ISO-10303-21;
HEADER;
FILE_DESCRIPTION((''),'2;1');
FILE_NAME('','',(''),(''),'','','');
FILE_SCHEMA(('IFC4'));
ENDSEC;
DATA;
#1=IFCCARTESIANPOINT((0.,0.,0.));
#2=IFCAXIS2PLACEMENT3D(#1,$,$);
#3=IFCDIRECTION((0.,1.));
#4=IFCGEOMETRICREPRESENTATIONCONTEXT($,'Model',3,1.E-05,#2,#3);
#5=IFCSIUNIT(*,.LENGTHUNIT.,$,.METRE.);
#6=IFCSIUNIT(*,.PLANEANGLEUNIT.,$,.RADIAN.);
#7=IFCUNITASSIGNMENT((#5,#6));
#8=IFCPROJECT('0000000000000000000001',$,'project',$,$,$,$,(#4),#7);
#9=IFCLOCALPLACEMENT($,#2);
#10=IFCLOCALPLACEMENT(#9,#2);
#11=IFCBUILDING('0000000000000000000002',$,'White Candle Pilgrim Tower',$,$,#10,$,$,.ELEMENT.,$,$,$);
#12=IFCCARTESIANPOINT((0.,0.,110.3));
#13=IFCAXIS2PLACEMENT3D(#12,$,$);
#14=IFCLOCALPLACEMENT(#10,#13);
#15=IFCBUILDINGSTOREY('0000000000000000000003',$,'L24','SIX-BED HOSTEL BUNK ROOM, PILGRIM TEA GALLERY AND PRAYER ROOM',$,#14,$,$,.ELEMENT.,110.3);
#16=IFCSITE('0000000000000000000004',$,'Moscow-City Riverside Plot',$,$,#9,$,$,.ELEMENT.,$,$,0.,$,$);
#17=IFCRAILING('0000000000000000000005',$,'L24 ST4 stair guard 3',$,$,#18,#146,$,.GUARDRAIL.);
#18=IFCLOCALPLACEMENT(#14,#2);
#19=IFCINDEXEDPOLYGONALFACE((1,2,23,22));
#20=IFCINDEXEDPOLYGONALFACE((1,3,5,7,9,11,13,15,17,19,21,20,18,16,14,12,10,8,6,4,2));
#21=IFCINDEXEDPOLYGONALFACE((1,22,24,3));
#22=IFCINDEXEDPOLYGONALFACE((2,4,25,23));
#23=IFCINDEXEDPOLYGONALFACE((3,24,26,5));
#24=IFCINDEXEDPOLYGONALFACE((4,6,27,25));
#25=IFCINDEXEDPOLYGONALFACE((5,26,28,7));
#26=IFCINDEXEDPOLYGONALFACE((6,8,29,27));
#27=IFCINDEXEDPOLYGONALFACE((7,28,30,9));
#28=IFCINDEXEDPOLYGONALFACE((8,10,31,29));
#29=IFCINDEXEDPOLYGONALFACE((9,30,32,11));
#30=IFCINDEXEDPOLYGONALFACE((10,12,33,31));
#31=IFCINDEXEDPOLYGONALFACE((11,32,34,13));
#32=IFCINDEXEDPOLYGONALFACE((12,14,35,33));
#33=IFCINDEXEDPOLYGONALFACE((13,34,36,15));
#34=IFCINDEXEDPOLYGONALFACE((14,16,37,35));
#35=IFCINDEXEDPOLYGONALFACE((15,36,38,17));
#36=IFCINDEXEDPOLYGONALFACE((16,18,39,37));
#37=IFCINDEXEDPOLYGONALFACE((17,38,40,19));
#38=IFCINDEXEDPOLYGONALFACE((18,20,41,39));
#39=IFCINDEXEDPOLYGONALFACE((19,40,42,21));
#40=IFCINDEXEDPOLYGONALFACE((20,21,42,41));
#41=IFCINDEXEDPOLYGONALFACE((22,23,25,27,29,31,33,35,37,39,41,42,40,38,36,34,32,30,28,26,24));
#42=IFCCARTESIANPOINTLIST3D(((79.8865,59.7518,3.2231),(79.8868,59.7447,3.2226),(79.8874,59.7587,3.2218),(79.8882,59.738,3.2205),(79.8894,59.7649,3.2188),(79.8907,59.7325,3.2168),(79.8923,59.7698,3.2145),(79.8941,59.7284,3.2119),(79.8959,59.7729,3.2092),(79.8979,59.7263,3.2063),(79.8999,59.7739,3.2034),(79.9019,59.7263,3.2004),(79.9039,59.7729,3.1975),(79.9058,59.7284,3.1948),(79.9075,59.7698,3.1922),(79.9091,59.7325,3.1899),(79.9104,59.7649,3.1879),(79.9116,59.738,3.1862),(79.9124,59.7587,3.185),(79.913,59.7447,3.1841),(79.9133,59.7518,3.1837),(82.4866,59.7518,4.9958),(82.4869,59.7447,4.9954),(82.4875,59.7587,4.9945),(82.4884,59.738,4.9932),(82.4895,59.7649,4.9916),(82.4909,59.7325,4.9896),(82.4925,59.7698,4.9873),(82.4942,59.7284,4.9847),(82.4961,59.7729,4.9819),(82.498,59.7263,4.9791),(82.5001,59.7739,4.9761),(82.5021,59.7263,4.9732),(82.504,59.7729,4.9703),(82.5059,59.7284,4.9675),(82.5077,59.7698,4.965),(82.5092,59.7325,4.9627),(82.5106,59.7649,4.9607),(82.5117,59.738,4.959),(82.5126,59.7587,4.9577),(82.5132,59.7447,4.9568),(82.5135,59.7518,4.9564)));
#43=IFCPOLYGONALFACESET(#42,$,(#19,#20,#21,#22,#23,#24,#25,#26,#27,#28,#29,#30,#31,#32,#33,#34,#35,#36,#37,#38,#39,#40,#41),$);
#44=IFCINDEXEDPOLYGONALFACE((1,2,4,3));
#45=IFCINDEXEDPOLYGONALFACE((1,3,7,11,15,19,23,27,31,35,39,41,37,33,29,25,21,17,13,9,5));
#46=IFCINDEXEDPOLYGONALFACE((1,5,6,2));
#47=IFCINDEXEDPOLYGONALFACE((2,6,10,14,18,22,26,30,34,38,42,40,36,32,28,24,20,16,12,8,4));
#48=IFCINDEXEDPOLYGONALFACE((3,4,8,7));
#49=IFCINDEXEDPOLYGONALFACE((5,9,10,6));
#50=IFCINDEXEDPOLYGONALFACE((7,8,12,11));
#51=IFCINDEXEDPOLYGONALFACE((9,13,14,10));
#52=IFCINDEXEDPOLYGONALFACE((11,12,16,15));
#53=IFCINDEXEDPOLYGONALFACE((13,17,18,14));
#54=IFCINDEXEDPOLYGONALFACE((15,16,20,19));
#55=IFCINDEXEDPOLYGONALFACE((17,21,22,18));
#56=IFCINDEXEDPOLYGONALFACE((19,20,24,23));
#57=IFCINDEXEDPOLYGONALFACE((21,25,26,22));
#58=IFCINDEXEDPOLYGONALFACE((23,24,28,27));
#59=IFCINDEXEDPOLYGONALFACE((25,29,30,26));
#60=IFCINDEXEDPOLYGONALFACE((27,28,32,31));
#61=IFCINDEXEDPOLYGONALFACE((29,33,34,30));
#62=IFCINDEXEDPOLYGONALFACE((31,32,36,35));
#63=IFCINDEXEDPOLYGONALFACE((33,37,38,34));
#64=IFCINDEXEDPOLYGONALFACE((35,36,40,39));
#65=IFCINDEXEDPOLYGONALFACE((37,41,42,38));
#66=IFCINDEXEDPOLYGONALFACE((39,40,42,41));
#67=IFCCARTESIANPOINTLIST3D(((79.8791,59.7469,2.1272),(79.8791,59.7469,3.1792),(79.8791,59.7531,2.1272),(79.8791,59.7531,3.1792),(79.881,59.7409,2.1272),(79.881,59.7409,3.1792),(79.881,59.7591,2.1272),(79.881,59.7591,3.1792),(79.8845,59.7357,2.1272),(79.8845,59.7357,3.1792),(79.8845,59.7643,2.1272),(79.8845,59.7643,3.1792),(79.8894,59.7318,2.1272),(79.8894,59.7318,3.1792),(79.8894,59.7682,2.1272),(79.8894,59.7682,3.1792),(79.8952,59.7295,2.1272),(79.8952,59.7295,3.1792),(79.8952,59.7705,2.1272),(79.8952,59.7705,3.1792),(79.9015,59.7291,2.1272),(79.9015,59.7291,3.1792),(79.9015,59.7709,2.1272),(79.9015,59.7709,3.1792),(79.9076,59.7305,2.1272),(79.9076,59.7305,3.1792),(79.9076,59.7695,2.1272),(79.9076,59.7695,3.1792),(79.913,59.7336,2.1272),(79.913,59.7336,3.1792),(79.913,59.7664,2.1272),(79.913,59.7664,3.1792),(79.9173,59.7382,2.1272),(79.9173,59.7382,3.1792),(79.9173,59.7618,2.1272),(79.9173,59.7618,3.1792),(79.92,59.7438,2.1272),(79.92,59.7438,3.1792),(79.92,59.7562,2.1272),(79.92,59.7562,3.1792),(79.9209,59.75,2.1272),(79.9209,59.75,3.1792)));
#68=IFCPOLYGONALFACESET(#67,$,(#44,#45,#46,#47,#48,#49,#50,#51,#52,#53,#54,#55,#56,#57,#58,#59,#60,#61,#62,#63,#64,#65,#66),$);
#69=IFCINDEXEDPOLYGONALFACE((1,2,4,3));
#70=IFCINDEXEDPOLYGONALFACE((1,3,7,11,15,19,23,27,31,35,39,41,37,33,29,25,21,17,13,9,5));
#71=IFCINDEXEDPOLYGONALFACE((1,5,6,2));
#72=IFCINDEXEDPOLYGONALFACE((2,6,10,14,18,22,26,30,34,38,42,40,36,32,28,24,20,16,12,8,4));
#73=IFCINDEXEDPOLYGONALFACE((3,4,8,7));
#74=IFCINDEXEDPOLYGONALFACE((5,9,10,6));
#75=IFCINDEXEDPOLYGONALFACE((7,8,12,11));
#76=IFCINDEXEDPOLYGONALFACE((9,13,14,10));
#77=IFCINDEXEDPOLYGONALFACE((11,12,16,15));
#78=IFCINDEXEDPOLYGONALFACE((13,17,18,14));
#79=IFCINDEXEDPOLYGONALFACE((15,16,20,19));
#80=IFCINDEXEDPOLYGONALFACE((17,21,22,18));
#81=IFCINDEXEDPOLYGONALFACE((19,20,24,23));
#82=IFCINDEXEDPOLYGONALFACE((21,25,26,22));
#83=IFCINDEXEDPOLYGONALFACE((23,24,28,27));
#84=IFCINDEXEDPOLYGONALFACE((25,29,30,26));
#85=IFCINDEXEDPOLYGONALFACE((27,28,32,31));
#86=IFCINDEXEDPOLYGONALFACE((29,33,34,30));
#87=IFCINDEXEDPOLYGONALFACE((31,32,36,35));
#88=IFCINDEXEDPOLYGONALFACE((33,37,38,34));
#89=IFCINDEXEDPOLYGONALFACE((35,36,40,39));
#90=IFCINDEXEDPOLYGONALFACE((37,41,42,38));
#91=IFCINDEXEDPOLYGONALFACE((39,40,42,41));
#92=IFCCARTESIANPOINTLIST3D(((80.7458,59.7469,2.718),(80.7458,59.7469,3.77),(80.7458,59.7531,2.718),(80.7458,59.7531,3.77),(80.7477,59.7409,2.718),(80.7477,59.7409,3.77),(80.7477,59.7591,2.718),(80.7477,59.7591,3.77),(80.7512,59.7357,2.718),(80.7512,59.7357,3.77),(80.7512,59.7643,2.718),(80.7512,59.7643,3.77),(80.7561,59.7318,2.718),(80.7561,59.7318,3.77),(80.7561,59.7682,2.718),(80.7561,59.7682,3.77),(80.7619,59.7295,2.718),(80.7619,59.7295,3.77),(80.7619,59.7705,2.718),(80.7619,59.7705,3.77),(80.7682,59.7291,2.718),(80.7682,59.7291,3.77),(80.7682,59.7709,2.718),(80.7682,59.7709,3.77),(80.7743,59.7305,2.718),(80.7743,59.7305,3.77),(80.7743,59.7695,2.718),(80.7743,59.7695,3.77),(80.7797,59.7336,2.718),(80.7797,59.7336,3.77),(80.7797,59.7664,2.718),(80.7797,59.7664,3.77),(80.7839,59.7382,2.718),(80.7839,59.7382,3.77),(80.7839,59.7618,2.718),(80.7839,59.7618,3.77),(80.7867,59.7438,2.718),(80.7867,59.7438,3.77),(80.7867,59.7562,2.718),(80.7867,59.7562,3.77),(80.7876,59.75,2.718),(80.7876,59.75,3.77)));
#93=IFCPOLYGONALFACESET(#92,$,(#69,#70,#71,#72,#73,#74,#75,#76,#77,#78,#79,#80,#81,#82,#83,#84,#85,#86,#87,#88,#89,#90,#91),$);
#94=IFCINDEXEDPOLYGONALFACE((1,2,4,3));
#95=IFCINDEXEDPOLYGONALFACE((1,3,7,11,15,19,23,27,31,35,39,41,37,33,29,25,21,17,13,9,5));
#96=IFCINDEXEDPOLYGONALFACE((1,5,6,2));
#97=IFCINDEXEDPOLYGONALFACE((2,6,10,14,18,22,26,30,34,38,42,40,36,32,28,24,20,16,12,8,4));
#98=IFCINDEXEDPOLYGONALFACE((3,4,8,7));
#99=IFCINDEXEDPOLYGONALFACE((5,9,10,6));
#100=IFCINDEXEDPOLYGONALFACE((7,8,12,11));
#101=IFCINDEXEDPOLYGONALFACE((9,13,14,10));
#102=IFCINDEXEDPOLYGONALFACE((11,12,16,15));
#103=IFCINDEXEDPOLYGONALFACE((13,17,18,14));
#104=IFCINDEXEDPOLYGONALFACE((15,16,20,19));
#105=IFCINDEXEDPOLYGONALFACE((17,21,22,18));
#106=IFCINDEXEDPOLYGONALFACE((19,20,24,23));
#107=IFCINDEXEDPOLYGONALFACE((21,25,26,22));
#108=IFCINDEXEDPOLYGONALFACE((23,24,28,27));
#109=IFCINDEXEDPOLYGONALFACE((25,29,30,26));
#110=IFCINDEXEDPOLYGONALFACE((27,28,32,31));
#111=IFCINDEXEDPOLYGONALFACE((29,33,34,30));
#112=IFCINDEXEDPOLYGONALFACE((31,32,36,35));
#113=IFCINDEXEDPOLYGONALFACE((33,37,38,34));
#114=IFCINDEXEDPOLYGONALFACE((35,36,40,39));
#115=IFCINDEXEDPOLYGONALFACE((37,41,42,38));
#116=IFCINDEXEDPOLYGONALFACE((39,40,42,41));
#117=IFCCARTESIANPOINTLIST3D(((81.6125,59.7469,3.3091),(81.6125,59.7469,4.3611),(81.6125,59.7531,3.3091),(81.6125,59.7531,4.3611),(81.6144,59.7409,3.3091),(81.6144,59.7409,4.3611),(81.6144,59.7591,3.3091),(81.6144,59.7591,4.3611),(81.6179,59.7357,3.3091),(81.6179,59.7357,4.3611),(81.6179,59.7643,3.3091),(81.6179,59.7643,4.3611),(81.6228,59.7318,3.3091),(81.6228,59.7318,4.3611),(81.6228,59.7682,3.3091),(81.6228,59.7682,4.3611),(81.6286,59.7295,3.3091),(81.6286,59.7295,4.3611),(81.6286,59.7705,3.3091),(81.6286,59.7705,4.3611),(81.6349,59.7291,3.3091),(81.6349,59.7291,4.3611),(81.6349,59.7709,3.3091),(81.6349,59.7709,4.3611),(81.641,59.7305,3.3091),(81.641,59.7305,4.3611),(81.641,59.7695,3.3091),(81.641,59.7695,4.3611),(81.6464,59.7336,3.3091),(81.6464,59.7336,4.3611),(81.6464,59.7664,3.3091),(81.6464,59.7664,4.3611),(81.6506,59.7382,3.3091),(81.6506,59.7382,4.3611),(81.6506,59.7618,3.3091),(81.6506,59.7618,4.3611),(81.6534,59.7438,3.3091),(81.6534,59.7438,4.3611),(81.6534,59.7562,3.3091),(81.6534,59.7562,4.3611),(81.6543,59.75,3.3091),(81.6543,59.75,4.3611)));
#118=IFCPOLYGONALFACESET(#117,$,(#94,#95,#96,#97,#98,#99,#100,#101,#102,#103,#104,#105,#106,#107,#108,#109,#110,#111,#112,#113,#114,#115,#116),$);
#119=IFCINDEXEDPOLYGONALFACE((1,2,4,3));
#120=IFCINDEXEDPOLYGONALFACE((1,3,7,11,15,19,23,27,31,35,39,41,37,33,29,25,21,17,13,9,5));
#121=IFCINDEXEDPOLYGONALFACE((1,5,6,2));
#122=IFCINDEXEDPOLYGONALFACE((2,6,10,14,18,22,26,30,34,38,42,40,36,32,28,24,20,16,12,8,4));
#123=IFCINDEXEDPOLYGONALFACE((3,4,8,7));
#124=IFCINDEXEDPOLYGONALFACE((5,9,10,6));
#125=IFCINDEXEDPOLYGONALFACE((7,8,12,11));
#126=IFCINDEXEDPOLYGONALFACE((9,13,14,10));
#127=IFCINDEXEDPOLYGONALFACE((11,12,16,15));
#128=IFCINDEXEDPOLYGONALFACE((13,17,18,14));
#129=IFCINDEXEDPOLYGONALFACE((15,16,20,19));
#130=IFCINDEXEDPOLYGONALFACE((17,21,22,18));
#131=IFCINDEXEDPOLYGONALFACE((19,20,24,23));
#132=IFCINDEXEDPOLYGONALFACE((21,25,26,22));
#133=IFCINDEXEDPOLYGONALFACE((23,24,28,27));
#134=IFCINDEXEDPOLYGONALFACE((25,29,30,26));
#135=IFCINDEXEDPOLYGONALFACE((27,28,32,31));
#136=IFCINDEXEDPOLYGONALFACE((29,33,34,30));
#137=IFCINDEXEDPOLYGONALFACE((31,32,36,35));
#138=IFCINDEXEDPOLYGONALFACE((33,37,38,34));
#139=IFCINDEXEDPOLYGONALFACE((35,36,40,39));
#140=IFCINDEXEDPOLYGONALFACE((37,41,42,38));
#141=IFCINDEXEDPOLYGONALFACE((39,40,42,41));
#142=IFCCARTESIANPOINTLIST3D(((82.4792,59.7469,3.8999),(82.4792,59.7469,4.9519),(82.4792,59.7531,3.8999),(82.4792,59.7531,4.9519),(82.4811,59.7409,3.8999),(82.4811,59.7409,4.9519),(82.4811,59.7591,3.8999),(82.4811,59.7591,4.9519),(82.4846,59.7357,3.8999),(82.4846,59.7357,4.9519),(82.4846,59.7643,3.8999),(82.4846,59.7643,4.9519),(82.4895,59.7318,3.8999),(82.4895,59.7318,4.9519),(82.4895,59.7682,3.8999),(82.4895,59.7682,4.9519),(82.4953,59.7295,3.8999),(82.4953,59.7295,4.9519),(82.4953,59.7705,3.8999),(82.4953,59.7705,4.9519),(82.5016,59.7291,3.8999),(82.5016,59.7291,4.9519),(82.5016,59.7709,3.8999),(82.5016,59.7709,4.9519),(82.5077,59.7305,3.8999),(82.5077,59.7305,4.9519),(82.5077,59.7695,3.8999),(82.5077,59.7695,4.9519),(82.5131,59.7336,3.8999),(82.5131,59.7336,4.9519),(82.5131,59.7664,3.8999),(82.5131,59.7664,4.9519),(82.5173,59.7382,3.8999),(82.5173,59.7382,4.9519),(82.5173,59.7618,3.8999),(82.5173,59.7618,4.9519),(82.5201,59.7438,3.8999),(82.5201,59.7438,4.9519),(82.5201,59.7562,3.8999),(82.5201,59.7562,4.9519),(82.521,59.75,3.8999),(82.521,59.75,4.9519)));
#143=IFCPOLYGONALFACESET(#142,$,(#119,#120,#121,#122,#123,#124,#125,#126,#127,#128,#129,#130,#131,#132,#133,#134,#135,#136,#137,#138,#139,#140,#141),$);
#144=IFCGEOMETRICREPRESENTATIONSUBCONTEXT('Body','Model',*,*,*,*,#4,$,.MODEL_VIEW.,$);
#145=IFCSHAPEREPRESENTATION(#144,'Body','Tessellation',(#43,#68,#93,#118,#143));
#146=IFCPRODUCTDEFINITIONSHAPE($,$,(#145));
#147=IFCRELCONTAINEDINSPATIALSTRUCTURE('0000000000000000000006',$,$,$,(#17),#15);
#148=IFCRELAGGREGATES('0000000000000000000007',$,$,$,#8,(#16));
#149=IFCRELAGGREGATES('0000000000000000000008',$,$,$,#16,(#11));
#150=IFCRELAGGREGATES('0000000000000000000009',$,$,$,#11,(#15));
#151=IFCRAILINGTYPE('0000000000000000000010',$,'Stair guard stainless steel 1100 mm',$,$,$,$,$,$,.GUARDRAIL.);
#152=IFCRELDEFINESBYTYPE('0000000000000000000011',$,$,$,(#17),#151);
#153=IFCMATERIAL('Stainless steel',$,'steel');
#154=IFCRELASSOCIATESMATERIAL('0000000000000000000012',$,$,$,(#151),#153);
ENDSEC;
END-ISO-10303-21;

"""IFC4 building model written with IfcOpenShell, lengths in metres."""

from ifc_helpers import new_model, si_unit, direction, frame, origin, origin_2d, place, context, subcontext, project, spatial, circle, extrude, material, type_object, element, save


model = new_model("IFC4")

# Units and contexts
model_context = context("Model", 3, precision=1e-05, world=origin(), true_north=direction((0.0, 1.0)))
body_context = subcontext(model_context, "Body", "Model", "MODEL_VIEW")
ifc_project = project(units=[si_unit("LENGTHUNIT", "METRE"), si_unit("PLANEANGLEUNIT", "RADIAN")], contexts=[model_context])

# Site, building, storey
site_placement = place(None, origin())
site = spatial("IfcSite", under=ifc_project, at=site_placement, Name="Moscow-City Riverside Plot", CompositionType="ELEMENT", RefElevation=0.0)
building_placement = place(site_placement, origin())
building = spatial("IfcBuilding", under=site, at=building_placement, Name="White Candle Pilgrim Tower", CompositionType="ELEMENT")
storey_placement = place(building_placement, frame((0.0, 0.0, 110.3)))
storey = spatial("IfcBuildingStorey", under=building, at=storey_placement, Name="L24", Description="SIX-BED HOSTEL BUNK ROOM, PILGRIM TEA GALLERY AND PRAYER ROOM", CompositionType="ELEMENT", Elevation=110.3)

# Railing
ifc_material_1 = material(Name="Stainless steel", Category="steel")
railing_type_1 = type_object("IfcRailingType", Name="Stair guard stainless steel 1100 mm", PredefinedType="GUARDRAIL", material=ifc_material_1)
railing_1_placement = place(storey_placement, frame((79.8999, 59.75, 2.1272)))
element("IfcRailing", 1, at=railing_1_placement, inside=storey, type_object=railing_type_1, Name="L24 ST4 stair guard 3", PredefinedType="GUARDRAIL", context=body_context, shape_type="SweptSolid", body=[
    extrude(circle(Radius=0.0239, at=origin_2d()), frame((0.0, 0.0, 1.0762), z_axis=(0.82624, 0.0, 0.563318), x_axis=(0.0, 1.0, 0.0)), (0.0, 0.0, 1.0), 3.147),
    extrude(circle(Radius=0.021, at=origin_2d()), origin(), (0.0, 0.0, 1.0), 1.052),
    extrude(circle(Radius=0.021, at=origin_2d()), frame((0.8667, 0.0, 0.5908)), (0.0, 0.0, 1.0), 1.052),
    extrude(circle(Radius=0.021, at=origin_2d()), frame((1.7334, 0.0, 1.1819)), (0.0, 0.0, 1.0), 1.052),
    extrude(circle(Radius=0.021, at=origin_2d()), frame((2.6001, 0.0, 1.7727)), (0.0, 0.0, 1.0), 1.052),
])

save(model, "model.ifc")
